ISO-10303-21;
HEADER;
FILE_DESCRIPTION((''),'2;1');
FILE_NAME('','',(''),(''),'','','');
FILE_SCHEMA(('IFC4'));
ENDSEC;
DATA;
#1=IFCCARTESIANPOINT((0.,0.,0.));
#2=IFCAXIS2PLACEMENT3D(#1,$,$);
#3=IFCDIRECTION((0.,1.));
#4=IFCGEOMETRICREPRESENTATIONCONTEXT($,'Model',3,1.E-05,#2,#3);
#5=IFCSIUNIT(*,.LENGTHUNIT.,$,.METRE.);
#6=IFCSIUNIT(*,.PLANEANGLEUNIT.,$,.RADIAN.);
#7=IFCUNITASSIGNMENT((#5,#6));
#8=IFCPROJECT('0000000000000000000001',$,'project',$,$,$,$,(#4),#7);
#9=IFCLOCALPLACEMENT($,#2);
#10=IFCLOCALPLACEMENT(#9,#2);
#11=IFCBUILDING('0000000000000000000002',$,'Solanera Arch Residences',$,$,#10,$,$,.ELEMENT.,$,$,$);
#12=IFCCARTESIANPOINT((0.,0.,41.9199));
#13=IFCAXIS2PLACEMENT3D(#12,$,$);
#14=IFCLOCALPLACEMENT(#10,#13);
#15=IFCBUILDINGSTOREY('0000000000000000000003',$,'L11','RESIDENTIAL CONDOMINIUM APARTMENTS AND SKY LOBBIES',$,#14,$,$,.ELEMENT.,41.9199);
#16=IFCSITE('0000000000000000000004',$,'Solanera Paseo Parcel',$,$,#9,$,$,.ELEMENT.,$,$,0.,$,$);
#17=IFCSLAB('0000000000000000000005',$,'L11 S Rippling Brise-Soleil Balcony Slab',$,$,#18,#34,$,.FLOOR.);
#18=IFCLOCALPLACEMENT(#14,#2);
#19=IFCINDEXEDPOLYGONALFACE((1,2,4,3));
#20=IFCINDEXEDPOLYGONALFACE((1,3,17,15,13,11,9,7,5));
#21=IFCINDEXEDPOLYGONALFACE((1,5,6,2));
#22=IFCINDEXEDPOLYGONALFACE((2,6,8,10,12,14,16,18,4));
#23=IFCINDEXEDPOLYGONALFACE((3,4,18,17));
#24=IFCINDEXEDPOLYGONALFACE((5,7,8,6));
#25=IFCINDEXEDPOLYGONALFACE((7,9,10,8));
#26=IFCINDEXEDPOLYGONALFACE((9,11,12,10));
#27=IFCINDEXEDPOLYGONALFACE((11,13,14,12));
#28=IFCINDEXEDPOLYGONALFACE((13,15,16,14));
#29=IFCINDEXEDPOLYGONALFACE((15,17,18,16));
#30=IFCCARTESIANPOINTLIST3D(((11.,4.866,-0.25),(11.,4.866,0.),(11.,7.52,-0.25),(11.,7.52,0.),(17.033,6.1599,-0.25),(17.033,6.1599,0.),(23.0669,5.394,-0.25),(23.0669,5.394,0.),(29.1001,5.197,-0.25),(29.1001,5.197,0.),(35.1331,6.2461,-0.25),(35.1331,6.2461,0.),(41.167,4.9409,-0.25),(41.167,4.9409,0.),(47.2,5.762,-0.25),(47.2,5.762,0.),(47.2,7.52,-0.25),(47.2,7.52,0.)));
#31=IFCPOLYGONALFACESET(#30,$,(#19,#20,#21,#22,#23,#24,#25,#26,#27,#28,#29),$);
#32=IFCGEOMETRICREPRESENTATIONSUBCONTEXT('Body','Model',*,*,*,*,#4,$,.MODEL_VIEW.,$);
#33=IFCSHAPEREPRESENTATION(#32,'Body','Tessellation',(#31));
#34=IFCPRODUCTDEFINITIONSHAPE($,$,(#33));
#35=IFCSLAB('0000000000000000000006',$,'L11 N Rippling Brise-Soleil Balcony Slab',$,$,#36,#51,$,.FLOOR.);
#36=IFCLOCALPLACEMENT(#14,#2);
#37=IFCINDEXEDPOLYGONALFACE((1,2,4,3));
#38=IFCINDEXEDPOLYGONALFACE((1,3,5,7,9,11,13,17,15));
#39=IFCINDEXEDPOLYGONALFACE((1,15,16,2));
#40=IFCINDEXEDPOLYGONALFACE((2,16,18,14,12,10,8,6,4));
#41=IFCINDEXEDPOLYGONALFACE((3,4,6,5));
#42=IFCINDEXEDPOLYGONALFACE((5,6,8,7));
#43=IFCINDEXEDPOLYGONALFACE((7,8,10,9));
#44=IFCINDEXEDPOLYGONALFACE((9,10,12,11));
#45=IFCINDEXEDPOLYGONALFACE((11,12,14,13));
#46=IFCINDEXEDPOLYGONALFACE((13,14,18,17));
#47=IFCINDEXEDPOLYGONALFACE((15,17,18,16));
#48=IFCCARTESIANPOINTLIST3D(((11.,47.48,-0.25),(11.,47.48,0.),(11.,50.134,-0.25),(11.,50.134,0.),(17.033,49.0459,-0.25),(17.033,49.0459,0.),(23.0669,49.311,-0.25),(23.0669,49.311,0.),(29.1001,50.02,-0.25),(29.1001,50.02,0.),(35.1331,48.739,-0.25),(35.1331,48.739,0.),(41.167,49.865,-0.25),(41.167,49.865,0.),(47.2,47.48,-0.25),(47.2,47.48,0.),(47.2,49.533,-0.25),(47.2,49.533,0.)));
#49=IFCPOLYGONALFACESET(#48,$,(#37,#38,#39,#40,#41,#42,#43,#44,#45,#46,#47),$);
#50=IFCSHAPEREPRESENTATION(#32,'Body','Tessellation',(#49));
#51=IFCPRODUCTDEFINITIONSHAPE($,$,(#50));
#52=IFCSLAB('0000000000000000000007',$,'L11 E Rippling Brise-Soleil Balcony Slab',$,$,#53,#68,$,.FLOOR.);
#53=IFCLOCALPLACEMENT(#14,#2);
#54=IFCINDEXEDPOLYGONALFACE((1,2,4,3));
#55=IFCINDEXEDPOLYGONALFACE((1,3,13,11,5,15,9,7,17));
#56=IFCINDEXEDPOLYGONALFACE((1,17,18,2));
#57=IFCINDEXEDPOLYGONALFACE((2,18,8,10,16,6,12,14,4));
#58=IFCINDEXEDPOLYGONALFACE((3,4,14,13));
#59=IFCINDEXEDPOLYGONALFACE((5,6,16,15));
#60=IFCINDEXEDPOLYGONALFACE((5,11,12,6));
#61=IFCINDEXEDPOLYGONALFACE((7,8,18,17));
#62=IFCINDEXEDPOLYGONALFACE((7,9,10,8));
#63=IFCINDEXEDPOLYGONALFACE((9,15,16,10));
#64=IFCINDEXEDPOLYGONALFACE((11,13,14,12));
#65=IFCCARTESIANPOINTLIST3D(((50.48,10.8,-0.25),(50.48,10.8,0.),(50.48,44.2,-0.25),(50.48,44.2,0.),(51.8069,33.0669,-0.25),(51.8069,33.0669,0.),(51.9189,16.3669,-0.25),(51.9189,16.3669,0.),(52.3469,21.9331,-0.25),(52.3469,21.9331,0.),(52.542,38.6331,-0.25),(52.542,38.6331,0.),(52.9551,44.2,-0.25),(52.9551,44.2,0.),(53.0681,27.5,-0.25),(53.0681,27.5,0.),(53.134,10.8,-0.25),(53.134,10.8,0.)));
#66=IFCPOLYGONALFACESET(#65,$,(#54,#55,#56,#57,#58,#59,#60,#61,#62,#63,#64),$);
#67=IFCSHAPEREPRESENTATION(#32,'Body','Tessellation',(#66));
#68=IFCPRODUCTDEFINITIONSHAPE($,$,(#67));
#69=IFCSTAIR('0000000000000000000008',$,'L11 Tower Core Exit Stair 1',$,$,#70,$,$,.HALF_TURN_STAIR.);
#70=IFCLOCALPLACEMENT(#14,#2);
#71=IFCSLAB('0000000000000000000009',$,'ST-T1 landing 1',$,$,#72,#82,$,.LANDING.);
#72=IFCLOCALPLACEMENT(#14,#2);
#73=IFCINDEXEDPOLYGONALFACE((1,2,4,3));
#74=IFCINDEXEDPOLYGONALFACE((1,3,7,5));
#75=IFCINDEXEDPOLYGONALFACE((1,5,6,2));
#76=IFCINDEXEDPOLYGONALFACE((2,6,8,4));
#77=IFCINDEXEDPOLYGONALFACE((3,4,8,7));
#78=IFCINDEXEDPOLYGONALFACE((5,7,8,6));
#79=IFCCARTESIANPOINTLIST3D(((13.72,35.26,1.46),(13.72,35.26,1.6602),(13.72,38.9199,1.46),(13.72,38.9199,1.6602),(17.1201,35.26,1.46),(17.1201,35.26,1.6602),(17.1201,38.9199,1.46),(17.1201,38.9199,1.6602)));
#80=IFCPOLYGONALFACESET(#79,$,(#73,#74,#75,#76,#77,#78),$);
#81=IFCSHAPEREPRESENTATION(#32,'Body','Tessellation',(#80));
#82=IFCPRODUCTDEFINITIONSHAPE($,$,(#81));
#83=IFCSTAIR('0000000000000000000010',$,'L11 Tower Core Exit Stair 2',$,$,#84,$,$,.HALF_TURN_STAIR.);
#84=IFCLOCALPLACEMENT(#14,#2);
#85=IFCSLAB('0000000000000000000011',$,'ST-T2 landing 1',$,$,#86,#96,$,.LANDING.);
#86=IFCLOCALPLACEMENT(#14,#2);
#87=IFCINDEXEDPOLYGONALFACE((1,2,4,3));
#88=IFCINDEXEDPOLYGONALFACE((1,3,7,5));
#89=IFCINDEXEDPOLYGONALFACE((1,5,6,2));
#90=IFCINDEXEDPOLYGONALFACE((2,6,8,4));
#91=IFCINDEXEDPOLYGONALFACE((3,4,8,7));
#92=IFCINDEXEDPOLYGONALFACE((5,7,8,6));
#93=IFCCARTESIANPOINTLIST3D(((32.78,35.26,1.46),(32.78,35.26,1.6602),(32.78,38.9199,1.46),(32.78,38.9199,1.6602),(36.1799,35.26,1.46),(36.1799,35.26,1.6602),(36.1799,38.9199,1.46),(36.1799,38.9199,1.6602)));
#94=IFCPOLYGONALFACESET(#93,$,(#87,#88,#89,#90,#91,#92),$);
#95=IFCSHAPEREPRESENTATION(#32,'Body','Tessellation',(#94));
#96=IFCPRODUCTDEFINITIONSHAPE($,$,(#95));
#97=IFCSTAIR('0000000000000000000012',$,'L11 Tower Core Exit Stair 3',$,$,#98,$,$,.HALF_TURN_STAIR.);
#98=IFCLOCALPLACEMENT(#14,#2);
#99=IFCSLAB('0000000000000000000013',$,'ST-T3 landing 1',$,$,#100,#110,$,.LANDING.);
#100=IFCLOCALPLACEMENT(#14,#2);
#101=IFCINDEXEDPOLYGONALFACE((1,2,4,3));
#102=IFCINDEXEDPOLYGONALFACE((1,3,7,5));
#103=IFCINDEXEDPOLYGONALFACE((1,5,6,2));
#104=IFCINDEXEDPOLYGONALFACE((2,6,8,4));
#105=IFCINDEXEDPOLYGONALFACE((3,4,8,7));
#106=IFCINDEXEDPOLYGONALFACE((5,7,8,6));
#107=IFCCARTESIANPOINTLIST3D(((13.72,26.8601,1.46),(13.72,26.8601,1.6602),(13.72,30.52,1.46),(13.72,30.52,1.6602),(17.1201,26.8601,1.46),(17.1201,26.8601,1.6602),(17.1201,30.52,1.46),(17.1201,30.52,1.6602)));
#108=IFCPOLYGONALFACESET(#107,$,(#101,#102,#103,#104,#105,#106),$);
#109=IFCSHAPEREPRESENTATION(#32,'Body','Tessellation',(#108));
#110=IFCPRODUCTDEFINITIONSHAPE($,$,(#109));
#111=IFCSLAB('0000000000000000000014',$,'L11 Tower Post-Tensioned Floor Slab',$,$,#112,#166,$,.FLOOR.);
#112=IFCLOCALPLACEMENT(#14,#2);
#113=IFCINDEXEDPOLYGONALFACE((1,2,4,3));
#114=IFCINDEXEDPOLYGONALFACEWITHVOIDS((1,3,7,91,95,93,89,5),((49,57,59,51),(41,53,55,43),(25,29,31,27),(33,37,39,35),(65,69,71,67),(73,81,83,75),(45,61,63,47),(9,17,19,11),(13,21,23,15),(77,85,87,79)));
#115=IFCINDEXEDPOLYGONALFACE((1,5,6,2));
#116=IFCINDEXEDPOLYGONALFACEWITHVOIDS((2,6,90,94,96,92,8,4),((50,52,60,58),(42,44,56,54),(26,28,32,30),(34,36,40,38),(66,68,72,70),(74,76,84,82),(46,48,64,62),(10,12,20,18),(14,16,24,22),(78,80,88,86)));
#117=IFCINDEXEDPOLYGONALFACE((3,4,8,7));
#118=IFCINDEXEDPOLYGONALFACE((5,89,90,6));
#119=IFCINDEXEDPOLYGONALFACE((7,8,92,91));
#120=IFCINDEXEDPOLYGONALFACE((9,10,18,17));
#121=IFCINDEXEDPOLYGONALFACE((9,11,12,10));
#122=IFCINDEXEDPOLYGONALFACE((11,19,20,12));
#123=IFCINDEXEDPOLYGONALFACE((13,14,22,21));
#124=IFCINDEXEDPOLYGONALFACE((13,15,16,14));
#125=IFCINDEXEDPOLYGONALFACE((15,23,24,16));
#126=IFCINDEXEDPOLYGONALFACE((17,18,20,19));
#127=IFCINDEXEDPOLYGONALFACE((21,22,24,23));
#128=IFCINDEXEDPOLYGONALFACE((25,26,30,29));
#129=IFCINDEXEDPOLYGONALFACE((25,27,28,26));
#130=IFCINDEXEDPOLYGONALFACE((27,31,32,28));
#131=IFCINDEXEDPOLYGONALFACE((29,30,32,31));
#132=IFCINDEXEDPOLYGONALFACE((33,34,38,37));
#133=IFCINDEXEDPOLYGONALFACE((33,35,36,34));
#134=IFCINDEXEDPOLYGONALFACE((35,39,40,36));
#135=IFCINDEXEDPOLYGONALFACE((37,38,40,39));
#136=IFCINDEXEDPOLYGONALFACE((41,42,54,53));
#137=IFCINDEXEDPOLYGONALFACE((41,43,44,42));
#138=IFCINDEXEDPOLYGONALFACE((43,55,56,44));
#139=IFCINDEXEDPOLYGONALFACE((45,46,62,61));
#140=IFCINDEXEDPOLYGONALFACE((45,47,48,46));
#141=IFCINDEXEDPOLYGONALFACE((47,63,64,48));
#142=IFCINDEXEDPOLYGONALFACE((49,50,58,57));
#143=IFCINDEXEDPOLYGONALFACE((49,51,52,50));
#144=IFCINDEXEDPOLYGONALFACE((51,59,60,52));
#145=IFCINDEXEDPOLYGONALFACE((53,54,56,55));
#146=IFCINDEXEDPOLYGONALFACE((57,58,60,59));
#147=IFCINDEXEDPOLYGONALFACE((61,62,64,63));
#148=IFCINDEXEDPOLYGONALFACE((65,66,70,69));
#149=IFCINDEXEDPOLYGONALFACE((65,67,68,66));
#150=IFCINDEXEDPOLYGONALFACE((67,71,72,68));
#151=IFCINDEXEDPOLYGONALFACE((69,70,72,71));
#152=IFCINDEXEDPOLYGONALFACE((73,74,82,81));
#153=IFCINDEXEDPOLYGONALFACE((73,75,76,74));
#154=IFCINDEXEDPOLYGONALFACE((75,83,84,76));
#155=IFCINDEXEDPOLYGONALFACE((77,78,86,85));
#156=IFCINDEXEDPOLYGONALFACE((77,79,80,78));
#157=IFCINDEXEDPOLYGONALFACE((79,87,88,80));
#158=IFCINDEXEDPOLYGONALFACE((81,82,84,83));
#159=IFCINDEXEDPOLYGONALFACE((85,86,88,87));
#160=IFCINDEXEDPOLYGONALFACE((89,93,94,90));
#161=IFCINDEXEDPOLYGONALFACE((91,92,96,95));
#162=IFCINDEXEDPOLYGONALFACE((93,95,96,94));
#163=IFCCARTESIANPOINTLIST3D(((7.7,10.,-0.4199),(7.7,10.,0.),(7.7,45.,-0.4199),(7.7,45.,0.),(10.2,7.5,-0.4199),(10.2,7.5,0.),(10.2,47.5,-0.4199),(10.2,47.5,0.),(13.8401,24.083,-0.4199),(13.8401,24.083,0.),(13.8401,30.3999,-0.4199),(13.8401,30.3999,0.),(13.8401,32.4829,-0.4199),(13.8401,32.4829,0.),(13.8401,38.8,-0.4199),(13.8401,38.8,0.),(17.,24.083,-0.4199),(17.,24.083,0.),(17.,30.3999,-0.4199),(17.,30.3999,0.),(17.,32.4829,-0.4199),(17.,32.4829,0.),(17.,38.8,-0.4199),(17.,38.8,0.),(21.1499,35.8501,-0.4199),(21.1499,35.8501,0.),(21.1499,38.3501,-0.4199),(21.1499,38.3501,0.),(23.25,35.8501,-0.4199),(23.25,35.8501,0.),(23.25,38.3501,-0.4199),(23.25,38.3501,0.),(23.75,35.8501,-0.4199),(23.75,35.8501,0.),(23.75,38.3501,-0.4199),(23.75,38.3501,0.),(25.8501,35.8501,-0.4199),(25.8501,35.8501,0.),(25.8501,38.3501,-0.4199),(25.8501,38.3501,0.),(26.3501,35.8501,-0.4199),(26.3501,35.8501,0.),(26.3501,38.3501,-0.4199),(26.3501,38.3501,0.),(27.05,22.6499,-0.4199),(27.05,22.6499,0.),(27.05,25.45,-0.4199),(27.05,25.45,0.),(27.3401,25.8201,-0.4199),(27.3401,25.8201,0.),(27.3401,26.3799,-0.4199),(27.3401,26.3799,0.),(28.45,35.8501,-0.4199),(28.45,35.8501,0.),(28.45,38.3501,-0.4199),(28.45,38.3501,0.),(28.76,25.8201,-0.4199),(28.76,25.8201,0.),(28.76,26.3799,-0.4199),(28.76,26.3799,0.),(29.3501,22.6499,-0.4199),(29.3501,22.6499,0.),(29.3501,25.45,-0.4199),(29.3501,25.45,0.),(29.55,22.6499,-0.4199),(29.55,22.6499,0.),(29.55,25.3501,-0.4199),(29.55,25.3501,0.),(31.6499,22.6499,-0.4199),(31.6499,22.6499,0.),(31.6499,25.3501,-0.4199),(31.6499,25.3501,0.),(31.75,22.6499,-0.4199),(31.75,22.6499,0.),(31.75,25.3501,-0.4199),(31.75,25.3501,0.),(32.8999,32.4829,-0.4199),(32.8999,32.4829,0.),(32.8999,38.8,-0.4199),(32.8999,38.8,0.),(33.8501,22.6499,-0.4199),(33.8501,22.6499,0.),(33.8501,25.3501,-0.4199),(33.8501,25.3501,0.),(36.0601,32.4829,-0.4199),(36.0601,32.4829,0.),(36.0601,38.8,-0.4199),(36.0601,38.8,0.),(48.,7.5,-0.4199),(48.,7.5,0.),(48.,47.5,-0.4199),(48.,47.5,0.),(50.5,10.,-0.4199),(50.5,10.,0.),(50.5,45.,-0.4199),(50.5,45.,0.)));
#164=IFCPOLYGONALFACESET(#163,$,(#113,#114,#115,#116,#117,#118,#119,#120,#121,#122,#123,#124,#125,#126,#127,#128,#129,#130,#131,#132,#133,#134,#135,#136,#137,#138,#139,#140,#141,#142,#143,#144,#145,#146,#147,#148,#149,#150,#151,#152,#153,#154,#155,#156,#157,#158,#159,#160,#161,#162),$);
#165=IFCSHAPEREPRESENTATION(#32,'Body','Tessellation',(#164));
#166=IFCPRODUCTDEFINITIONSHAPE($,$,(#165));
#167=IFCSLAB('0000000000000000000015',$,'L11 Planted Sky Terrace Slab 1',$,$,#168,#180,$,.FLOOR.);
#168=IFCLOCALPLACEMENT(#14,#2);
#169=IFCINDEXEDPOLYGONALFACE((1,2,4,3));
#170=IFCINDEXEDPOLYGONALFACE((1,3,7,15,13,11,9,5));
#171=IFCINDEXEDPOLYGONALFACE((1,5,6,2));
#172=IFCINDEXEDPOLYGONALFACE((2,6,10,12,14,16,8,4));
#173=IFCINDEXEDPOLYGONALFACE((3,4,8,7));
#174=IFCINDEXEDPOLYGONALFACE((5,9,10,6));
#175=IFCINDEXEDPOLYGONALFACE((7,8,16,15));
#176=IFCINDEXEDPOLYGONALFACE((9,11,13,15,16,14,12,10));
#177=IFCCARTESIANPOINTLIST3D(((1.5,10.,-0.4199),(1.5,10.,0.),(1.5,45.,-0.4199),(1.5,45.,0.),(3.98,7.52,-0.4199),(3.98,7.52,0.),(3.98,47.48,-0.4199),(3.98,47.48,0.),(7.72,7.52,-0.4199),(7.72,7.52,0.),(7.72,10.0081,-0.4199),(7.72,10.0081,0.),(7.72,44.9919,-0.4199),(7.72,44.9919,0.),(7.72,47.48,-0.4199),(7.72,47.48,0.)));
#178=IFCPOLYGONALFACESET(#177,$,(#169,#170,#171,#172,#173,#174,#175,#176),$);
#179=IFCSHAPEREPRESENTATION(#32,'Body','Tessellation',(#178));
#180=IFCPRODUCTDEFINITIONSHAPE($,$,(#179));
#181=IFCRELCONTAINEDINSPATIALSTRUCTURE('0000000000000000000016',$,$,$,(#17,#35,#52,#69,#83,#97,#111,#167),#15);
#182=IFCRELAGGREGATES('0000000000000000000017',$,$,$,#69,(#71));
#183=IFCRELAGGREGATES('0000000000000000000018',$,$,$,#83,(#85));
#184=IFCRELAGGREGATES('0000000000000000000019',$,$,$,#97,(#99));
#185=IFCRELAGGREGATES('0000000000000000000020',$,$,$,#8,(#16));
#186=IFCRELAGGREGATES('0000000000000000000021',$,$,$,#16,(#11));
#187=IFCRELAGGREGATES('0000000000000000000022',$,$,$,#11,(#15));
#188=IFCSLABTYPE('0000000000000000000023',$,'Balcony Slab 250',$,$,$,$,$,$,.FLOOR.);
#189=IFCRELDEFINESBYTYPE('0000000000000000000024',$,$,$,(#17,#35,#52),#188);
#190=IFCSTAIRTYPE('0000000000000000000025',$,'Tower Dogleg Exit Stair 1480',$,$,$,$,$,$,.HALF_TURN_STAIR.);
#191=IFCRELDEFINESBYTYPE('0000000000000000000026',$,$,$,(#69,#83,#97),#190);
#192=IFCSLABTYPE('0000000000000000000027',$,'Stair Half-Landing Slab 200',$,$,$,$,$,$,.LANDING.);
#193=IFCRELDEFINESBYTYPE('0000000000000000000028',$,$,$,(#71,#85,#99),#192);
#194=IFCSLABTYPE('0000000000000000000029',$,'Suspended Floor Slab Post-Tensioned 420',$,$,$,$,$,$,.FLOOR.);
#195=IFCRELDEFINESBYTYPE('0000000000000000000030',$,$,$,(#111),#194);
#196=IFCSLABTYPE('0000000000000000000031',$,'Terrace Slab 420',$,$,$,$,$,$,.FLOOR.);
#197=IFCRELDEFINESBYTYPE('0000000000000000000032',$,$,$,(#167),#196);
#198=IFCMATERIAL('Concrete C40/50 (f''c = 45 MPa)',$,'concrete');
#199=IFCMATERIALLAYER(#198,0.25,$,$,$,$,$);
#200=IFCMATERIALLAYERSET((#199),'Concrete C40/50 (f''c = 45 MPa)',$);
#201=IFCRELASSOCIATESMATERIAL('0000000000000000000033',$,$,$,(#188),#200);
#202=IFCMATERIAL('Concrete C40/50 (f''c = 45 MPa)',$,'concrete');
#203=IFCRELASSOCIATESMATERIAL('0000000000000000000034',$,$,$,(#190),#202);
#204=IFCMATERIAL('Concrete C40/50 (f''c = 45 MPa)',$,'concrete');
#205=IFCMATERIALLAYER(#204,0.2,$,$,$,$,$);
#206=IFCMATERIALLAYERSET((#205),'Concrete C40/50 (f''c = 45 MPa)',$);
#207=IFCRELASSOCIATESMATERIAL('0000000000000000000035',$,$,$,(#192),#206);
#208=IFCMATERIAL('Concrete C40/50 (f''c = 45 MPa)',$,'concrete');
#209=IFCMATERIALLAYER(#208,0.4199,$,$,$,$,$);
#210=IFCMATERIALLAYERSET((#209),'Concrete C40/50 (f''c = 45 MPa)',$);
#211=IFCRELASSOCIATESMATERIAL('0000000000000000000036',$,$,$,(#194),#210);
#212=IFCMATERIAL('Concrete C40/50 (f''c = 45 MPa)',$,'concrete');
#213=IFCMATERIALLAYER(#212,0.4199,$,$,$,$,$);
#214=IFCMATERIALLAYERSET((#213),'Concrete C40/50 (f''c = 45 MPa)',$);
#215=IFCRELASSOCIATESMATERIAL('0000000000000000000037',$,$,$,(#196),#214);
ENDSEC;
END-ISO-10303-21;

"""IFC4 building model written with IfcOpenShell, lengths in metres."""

from ifc_helpers import new_model, si_unit, direction, frame, origin, place, context, subcontext, project, spatial, polyline, outline, extrude, material, layer, layer_set, type_object, element, aggregate, save


model = new_model("IFC4")

# Units and contexts
model_context = context("Model", 3, precision=1e-05, world=origin(), true_north=direction((0.0, 1.0)))
body_context = subcontext(model_context, "Body", "Model", "MODEL_VIEW")
ifc_project = project(units=[si_unit("LENGTHUNIT", "METRE"), si_unit("PLANEANGLEUNIT", "RADIAN")], contexts=[model_context])

# Site, building, storey
site_placement = place(None, origin())
site = spatial("IfcSite", under=ifc_project, at=site_placement, Name="Solanera Paseo Parcel", CompositionType="ELEMENT", RefElevation=0.0)
building_placement = place(site_placement, origin())
building = spatial("IfcBuilding", under=site, at=building_placement, Name="Solanera Arch Residences", CompositionType="ELEMENT")
storey_placement = place(building_placement, frame((0.0, 0.0, 41.9199)))
storey = spatial("IfcBuildingStorey", under=building, at=storey_placement, Name="L11", Description="RESIDENTIAL CONDOMINIUM APARTMENTS AND SKY LOBBIES", CompositionType="ELEMENT", Elevation=41.9199)

# Slabs
ifc_material_1 = material(Name="Concrete C40/50 (f'c = 45 MPa)", Category="concrete")
ifc_layer_1 = layer(ifc_material_1, 0.25)
ifc_layer_set_1 = layer_set([ifc_layer_1], Name="Concrete C40/50 (f'c = 45 MPa)")
slab_type_1 = type_object("IfcSlabType", Name="Balcony Slab 250", PredefinedType="FLOOR", material=ifc_layer_set_1)
slab_1_placement = place(storey_placement, frame((0.0, 0.0, -0.25)))
element("IfcSlab", 1, at=slab_1_placement, inside=storey, type_object=slab_type_1, Name="L11 S Rippling Brise-Soleil Balcony Slab", PredefinedType="FLOOR", context=body_context, shape_type="SweptSolid", body=[
    extrude(outline(polyline([(11.0, 4.866), (17.033, 6.1599), (23.0669, 5.394), (29.1001, 5.197), (35.1331, 6.2461), (41.167, 4.9409), (47.2, 5.762), (47.2, 7.52), (11.0, 7.52), (11.0, 4.866)])), origin(), (0.0, 0.0, 1.0), 0.25),
])
slab_2_placement = place(storey_placement, frame((0.0, 0.0, -0.25)))
element("IfcSlab", 2, at=slab_2_placement, inside=storey, type_object=slab_type_1, Name="L11 N Rippling Brise-Soleil Balcony Slab", PredefinedType="FLOOR", context=body_context, shape_type="SweptSolid", body=[
    extrude(outline(polyline([(47.2, 49.533), (41.167, 49.865), (35.1331, 48.739), (29.1001, 50.02), (23.0669, 49.311), (17.033, 49.0459), (11.0, 50.134), (11.0, 47.48), (47.2, 47.48), (47.2, 49.533)])), origin(), (0.0, 0.0, 1.0), 0.25),
])
slab_3_placement = place(storey_placement, frame((0.0, 0.0, -0.25)))
element("IfcSlab", 3, at=slab_3_placement, inside=storey, type_object=slab_type_1, Name="L11 E Rippling Brise-Soleil Balcony Slab", PredefinedType="FLOOR", context=body_context, shape_type="SweptSolid", body=[
    extrude(outline(polyline([(53.134, 10.8), (51.9189, 16.3669), (52.3469, 21.9331), (53.0681, 27.5), (51.8069, 33.0669), (52.542, 38.6331), (52.9551, 44.2), (50.48, 44.2), (50.48, 10.8), (53.134, 10.8)])), origin(), (0.0, 0.0, 1.0), 0.25),
])

# Stairs, slabs
ifc_material_2 = material(Name="Concrete C40/50 (f'c = 45 MPa)", Category="concrete")
stair_type = type_object("IfcStairType", Name="Tower Dogleg Exit Stair 1480", PredefinedType="HALF_TURN_STAIR", material=ifc_material_2)
stair_1_placement = place(storey_placement, origin())
stair_1 = element("IfcStair", 4, at=stair_1_placement, inside=storey, type_object=stair_type, Name="L11 Tower Core Exit Stair 1", PredefinedType="HALF_TURN_STAIR")
ifc_material_3 = material(Name="Concrete C40/50 (f'c = 45 MPa)", Category="concrete")
ifc_layer_2 = layer(ifc_material_3, 0.2)
ifc_layer_set_2 = layer_set([ifc_layer_2], Name="Concrete C40/50 (f'c = 45 MPa)")
slab_type_2 = type_object("IfcSlabType", Name="Stair Half-Landing Slab 200", PredefinedType="LANDING", material=ifc_layer_set_2)
slab_4_placement = place(storey_placement, frame((0.0, 0.0, 1.46)))
slab_4 = element("IfcSlab", 5, at=slab_4_placement, type_object=slab_type_2, Name="ST-T1 landing 1", PredefinedType="LANDING", context=body_context, shape_type="SweptSolid", body=[
    extrude(outline(polyline([(17.1201, 35.26), (17.1201, 38.9199), (13.72, 38.9199), (13.72, 35.26), (17.1201, 35.26)])), origin(), (0.0, 0.0, 1.0), 0.2002),
])
aggregate(stair_1, [slab_4])
stair_2_placement = place(storey_placement, origin())
stair_2 = element("IfcStair", 6, at=stair_2_placement, inside=storey, type_object=stair_type, Name="L11 Tower Core Exit Stair 2", PredefinedType="HALF_TURN_STAIR")
slab_5_placement = place(storey_placement, frame((0.0, 0.0, 1.46)))
slab_5 = element("IfcSlab", 7, at=slab_5_placement, type_object=slab_type_2, Name="ST-T2 landing 1", PredefinedType="LANDING", context=body_context, shape_type="SweptSolid", body=[
    extrude(outline(polyline([(36.1799, 35.26), (36.1799, 38.9199), (32.78, 38.9199), (32.78, 35.26), (36.1799, 35.26)])), origin(), (0.0, 0.0, 1.0), 0.2002),
])
aggregate(stair_2, [slab_5])
stair_3_placement = place(storey_placement, origin())
stair_3 = element("IfcStair", 8, at=stair_3_placement, inside=storey, type_object=stair_type, Name="L11 Tower Core Exit Stair 3", PredefinedType="HALF_TURN_STAIR")
slab_6_placement = place(storey_placement, frame((0.0, 0.0, 1.46)))
slab_6 = element("IfcSlab", 9, at=slab_6_placement, type_object=slab_type_2, Name="ST-T3 landing 1", PredefinedType="LANDING", context=body_context, shape_type="SweptSolid", body=[
    extrude(outline(polyline([(17.1201, 26.8601), (17.1201, 30.52), (13.72, 30.52), (13.72, 26.8601), (17.1201, 26.8601)])), origin(), (0.0, 0.0, 1.0), 0.2002),
])
aggregate(stair_3, [slab_6])

# Slabs
ifc_material_4 = material(Name="Concrete C40/50 (f'c = 45 MPa)", Category="concrete")
ifc_layer_3 = layer(ifc_material_4, 0.4199)
ifc_layer_set_3 = layer_set([ifc_layer_3], Name="Concrete C40/50 (f'c = 45 MPa)")
slab_type_3 = type_object("IfcSlabType", Name="Suspended Floor Slab Post-Tensioned 420", PredefinedType="FLOOR", material=ifc_layer_set_3)
slab_7_placement = place(storey_placement, frame((0.0, 0.0, -0.4199)))
element("IfcSlab", 10, at=slab_7_placement, inside=storey, type_object=slab_type_3, Name="L11 Tower Post-Tensioned Floor Slab", PredefinedType="FLOOR", context=body_context, shape_type="SweptSolid", body=[
    extrude(outline(polyline([(10.2, 7.5), (48.0, 7.5), (50.5, 10.0), (50.5, 45.0), (48.0, 47.5), (10.2, 47.5), (7.7, 45.0), (7.7, 10.0), (10.2, 7.5)]), holes=[polyline([(13.8401, 32.4829), (13.8401, 38.8), (17.0, 38.8), (17.0, 32.4829), (13.8401, 32.4829)]), polyline([(32.8999, 32.4829), (32.8999, 38.8), (36.0601, 38.8), (36.0601, 32.4829), (32.8999, 32.4829)]), polyline([(13.8401, 24.083), (13.8401, 30.3999), (17.0, 30.3999), (17.0, 24.083), (13.8401, 24.083)]), polyline([(21.1499, 38.3501), (23.25, 38.3501), (23.25, 35.8501), (21.1499, 35.8501), (21.1499, 38.3501)]), polyline([(23.75, 38.3501), (25.8501, 38.3501), (25.8501, 35.8501), (23.75, 35.8501), (23.75, 38.3501)]), polyline([(26.3501, 38.3501), (28.45, 38.3501), (28.45, 35.8501), (26.3501, 35.8501), (26.3501, 38.3501)]), polyline([(29.55, 25.3501), (31.6499, 25.3501), (31.6499, 22.6499), (29.55, 22.6499), (29.55, 25.3501)]), polyline([(31.75, 25.3501), (33.8501, 25.3501), (33.8501, 22.6499), (31.75, 22.6499), (31.75, 25.3501)]), polyline([(27.05, 25.45), (29.3501, 25.45), (29.3501, 22.6499), (27.05, 22.6499), (27.05, 25.45)]), polyline([(27.3401, 26.3799), (28.76, 26.3799), (28.76, 25.8201), (27.3401, 25.8201), (27.3401, 26.3799)])]), origin(), (0.0, 0.0, 1.0), 0.4199),
])
ifc_material_5 = material(Name="Concrete C40/50 (f'c = 45 MPa)", Category="concrete")
ifc_layer_4 = layer(ifc_material_5, 0.4199)
ifc_layer_set_4 = layer_set([ifc_layer_4], Name="Concrete C40/50 (f'c = 45 MPa)")
slab_type_4 = type_object("IfcSlabType", Name="Terrace Slab 420", PredefinedType="FLOOR", material=ifc_layer_set_4)
slab_8_placement = place(storey_placement, frame((0.0, 0.0, -0.4199)))
element("IfcSlab", 11, at=slab_8_placement, inside=storey, type_object=slab_type_4, Name="L11 Planted Sky Terrace Slab 1", PredefinedType="FLOOR", context=body_context, shape_type="SweptSolid", body=[
    extrude(outline(polyline([(3.98, 7.52), (7.72, 7.52), (7.72, 10.0081), (7.72, 44.9919), (7.72, 47.48), (3.98, 47.48), (1.5, 45.0), (1.5, 10.0), (3.98, 7.52)])), origin(), (0.0, 0.0, 1.0), 0.4199),
])

save(model, "model.ifc")
